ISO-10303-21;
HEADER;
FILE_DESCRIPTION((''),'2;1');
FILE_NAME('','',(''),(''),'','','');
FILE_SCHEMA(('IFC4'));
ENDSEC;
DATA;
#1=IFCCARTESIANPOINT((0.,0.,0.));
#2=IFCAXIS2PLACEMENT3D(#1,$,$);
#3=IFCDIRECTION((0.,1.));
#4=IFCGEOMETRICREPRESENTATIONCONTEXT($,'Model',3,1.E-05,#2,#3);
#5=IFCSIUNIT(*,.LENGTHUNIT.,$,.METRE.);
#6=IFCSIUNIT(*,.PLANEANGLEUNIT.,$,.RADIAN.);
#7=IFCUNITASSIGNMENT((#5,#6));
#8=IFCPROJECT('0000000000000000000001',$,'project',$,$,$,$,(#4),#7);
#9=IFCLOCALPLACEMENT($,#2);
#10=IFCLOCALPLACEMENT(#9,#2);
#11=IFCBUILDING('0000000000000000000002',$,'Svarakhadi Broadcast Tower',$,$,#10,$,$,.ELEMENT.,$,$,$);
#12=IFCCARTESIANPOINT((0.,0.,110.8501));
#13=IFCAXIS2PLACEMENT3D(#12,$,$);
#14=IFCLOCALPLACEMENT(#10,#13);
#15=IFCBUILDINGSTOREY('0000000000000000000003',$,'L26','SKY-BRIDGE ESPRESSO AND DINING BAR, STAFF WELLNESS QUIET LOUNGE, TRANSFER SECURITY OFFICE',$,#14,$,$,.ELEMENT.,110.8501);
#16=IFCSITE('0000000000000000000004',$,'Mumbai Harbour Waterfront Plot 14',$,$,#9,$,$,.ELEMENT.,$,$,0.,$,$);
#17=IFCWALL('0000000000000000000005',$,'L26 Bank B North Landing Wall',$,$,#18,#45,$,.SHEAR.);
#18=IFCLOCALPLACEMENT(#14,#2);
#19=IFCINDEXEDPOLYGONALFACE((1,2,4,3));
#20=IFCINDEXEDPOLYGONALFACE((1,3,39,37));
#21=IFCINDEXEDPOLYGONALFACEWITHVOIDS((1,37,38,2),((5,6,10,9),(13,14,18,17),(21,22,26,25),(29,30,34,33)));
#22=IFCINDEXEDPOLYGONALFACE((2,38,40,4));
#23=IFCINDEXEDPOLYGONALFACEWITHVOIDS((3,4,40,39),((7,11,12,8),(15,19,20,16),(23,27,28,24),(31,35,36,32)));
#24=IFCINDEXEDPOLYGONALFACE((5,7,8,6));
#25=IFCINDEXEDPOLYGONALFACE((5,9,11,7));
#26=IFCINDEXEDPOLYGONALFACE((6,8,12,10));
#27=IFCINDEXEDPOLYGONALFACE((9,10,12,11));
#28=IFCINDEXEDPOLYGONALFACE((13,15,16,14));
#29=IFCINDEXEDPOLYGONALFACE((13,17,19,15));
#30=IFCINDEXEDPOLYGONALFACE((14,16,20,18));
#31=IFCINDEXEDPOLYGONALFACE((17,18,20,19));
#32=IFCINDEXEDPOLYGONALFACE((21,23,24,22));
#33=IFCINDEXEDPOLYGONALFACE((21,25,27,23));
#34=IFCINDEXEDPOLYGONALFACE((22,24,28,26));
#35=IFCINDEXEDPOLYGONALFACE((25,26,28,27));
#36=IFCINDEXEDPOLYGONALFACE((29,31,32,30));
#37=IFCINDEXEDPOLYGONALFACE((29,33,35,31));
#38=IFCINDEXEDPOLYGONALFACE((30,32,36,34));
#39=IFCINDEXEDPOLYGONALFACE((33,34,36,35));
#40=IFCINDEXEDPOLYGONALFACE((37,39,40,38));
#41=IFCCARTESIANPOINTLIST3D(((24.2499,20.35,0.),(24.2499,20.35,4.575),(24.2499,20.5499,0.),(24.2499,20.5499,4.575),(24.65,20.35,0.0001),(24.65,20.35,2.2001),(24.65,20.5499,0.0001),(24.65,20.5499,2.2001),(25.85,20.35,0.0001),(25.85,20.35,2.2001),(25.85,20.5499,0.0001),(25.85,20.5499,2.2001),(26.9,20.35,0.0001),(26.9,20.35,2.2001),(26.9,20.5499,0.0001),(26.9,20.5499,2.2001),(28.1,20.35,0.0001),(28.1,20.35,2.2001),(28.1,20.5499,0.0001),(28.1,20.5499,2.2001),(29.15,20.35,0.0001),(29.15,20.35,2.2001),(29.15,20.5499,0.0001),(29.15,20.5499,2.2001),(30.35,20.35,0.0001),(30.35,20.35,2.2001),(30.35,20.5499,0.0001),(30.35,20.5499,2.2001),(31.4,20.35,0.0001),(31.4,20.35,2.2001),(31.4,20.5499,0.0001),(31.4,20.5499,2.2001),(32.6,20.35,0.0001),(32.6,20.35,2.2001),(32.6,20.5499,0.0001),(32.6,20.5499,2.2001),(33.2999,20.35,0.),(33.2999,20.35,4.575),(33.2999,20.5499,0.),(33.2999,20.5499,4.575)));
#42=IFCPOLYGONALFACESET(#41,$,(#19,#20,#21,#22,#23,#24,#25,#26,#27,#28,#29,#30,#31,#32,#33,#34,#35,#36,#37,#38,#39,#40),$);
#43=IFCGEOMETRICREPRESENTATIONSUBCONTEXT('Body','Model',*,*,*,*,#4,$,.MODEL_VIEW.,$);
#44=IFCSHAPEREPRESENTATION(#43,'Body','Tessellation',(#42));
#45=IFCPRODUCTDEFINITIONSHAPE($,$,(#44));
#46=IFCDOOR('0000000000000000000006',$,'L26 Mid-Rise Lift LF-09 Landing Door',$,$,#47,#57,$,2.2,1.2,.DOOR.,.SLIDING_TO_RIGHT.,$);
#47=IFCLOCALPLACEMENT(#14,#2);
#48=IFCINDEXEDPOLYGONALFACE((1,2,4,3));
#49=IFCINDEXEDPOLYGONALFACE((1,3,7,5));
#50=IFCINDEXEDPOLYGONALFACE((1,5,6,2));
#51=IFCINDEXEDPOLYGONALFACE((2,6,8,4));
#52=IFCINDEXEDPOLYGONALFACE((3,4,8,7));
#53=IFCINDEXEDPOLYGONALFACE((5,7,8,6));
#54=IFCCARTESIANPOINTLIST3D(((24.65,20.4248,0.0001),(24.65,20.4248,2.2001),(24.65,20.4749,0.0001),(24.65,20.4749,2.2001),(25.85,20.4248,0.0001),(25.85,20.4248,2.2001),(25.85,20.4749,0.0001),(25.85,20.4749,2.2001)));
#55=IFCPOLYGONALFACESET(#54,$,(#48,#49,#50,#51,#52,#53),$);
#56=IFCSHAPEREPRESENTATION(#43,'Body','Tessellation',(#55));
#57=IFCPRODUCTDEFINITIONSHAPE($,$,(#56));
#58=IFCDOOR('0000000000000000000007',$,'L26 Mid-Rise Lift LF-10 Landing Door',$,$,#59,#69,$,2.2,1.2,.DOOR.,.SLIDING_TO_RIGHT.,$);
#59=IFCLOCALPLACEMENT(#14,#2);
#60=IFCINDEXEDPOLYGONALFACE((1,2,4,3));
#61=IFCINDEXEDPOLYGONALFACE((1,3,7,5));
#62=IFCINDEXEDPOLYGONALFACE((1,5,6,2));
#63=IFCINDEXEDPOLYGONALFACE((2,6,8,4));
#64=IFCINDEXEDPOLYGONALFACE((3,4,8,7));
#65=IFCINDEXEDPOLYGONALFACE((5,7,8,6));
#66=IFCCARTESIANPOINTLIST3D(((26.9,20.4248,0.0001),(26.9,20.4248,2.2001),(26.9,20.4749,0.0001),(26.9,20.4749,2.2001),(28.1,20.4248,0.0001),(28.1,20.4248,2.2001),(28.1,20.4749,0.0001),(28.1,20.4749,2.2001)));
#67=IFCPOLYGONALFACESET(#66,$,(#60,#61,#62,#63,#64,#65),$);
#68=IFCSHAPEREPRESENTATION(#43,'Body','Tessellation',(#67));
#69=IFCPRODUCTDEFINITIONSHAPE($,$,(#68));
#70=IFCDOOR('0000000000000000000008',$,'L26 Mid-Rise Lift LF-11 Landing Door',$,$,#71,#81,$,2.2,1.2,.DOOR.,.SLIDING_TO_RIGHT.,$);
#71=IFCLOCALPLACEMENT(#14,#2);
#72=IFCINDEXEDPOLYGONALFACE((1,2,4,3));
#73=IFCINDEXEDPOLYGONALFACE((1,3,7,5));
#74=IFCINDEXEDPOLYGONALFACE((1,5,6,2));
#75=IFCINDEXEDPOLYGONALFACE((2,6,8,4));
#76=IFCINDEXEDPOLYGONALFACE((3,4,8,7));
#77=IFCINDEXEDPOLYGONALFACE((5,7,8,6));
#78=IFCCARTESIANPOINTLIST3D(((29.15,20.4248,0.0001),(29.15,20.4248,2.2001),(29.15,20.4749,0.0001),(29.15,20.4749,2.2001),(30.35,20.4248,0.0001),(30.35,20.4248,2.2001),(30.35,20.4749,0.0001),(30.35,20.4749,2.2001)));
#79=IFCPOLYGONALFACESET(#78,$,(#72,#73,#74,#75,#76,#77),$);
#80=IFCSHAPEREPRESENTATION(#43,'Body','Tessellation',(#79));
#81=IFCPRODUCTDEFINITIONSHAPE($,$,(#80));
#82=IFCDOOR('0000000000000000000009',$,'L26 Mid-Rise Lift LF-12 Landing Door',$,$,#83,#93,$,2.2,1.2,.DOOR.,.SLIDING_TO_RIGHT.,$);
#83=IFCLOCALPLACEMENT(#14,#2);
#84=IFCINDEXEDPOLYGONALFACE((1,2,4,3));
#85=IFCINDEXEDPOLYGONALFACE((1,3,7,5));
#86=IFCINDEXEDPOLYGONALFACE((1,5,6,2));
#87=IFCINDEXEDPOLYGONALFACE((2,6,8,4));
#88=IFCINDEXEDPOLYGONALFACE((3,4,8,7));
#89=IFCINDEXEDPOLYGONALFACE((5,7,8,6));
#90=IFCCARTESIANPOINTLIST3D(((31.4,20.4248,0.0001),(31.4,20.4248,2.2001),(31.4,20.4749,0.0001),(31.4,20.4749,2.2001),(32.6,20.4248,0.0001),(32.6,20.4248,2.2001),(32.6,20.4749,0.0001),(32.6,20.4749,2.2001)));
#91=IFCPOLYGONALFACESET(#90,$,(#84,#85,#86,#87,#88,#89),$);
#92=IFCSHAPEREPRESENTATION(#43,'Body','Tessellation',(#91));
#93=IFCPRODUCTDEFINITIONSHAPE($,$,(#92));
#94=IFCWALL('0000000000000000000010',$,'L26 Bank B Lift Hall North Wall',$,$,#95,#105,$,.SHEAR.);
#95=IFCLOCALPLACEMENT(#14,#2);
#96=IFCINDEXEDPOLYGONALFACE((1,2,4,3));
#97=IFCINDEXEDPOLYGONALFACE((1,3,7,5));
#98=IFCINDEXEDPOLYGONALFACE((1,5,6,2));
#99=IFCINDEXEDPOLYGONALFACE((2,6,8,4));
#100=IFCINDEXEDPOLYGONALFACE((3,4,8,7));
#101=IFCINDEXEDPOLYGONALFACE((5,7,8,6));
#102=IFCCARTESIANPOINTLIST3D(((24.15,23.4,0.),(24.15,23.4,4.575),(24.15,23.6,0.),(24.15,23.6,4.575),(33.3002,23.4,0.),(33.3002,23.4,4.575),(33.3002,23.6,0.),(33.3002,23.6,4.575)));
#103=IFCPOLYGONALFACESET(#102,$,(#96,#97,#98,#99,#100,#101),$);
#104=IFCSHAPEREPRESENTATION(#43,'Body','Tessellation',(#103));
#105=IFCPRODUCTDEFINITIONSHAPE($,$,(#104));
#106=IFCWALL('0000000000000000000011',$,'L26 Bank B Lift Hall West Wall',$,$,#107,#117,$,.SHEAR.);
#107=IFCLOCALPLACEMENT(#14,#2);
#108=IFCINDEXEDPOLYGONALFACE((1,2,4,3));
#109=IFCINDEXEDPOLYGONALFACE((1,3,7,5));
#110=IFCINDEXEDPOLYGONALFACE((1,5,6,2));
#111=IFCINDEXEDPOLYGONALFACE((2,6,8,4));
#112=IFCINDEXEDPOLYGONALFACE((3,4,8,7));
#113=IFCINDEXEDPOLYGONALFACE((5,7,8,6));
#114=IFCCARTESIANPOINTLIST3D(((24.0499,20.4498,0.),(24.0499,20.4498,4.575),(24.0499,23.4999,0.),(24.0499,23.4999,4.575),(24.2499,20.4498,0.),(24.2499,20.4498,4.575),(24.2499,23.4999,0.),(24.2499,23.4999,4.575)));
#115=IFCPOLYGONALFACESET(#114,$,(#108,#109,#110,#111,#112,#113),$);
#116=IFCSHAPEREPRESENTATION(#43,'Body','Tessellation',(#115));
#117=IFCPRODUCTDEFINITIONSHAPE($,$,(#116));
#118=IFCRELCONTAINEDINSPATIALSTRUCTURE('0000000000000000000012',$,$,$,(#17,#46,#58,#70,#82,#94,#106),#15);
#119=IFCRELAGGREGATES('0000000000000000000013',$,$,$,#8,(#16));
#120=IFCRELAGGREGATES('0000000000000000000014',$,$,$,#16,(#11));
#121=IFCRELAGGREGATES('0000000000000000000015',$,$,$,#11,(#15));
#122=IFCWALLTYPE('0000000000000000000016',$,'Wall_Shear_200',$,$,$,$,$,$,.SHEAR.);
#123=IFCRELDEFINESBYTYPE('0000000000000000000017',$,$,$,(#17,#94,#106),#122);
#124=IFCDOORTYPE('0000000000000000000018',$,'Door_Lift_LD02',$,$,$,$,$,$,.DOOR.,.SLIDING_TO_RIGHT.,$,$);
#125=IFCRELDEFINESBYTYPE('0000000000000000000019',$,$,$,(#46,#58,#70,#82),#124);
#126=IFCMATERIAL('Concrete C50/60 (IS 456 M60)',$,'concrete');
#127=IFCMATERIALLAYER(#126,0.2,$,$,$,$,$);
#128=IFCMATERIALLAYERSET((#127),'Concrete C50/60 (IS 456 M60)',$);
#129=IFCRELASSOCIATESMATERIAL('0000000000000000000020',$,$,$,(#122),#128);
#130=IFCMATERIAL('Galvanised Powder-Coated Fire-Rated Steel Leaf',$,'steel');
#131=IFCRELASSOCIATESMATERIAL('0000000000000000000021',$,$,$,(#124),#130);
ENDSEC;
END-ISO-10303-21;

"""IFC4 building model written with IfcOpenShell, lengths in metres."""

from ifc_helpers import new_model, si_unit, direction, frame, frame_2d, origin, place, context, subcontext, project, spatial, rectangle, extrude, material, layer, layer_set, type_object, element, fill, save


model = new_model("IFC4")

# Units and contexts
model_context = context("Model", 3, precision=1e-05, world=origin(), true_north=direction((0.0, 1.0)))
body_context = subcontext(model_context, "Body", "Model", "MODEL_VIEW")
ifc_project = project(units=[si_unit("LENGTHUNIT", "METRE"), si_unit("PLANEANGLEUNIT", "RADIAN")], contexts=[model_context])

# Site, building, storey
site_placement = place(None, origin())
site = spatial("IfcSite", under=ifc_project, at=site_placement, Name="Mumbai Harbour Waterfront Plot 14", CompositionType="ELEMENT", RefElevation=0.0)
building_placement = place(site_placement, origin())
building = spatial("IfcBuilding", under=site, at=building_placement, Name="Svarakhadi Broadcast Tower", CompositionType="ELEMENT")
storey_placement = place(building_placement, frame((0.0, 0.0, 110.8501)))
storey = spatial("IfcBuildingStorey", under=building, at=storey_placement, Name="L26", Description="SKY-BRIDGE ESPRESSO AND DINING BAR, STAFF WELLNESS QUIET LOUNGE, TRANSFER SECURITY OFFICE", CompositionType="ELEMENT", Elevation=110.8501)

# Shared definitions
ifc_material_1 = material(Name="Concrete C50/60 (IS 456 M60)", Category="concrete")
ifc_layer_1 = layer(ifc_material_1, 0.2)
ifc_layer_set_1 = layer_set([ifc_layer_1], Name="Concrete C50/60 (IS 456 M60)")
wall_type = type_object("IfcWallType", Name="Wall_Shear_200", PredefinedType="SHEAR", material=ifc_layer_set_1)

# Shared definitions
ifc_material_2 = material(Name="Galvanised Powder-Coated Fire-Rated Steel Leaf", Category="steel")
door_type = type_object("IfcDoorType", Name="Door_Lift_LD02", OperationType="SLIDING_TO_RIGHT", PredefinedType="DOOR", material=ifc_material_2)

# Wall, openings, doors
wall_1_placement = place(storey_placement, frame((24.25, 20.45, 0.0), z_axis=(0.0, 0.0, 1.0), x_axis=(1.0, 0.0, 0.0)))
wall_1 = element("IfcWall", 1, at=wall_1_placement, inside=storey, type_object=wall_type, Name="L26 Bank B North Landing Wall", PredefinedType="SHEAR", context=body_context, shape_type="SweptSolid", body=[
    extrude(rectangle(XDim=9.05, YDim=0.2, at=frame_2d((4.5249, 0.0))), origin(), (0.0, 0.0, 1.0), 4.575),
])
opening_1_placement = place(wall_1_placement, frame((0.3999, 0.0, 0.0)))
opening_1 = element("IfcOpeningElement", 2, at=opening_1_placement, cuts=wall_1, PredefinedType="OPENING", context=body_context, shape_type="SweptSolid", body=[
    extrude(rectangle(XDim=1.2, YDim=2.2, at=frame_2d((0.6001, 1.1001))), frame((0.0, 0.1099, 0.0), z_axis=(0.0, -1.0, 0.0), x_axis=(1.0, 0.0, 0.0)), (0.0, 0.0, 1.0), 0.22),
])
opening_2_placement = place(wall_1_placement, frame((2.6499, 0.0, 0.0)))
opening_2 = element("IfcOpeningElement", 3, at=opening_2_placement, cuts=wall_1, PredefinedType="OPENING", context=body_context, shape_type="SweptSolid", body=[
    extrude(rectangle(XDim=1.2, YDim=2.2, at=frame_2d((0.6001, 1.1001))), frame((0.0, 0.1099, 0.0), z_axis=(0.0, -1.0, 0.0), x_axis=(1.0, 0.0, 0.0)), (0.0, 0.0, 1.0), 0.22),
])
opening_3_placement = place(wall_1_placement, frame((4.8999, 0.0, 0.0)))
opening_3 = element("IfcOpeningElement", 4, at=opening_3_placement, cuts=wall_1, PredefinedType="OPENING", context=body_context, shape_type="SweptSolid", body=[
    extrude(rectangle(XDim=1.2, YDim=2.2, at=frame_2d((0.6001, 1.1001))), frame((0.0, 0.1099, 0.0), z_axis=(0.0, -1.0, 0.0), x_axis=(1.0, 0.0, 0.0)), (0.0, 0.0, 1.0), 0.22),
])
opening_4_placement = place(wall_1_placement, frame((7.1499, 0.0, 0.0)))
opening_4 = element("IfcOpeningElement", 5, at=opening_4_placement, cuts=wall_1, PredefinedType="OPENING", context=body_context, shape_type="SweptSolid", body=[
    extrude(rectangle(XDim=1.2, YDim=2.2, at=frame_2d((0.6001, 1.1001))), frame((0.0, 0.1099, 0.0), z_axis=(0.0, -1.0, 0.0), x_axis=(1.0, 0.0, 0.0)), (0.0, 0.0, 1.0), 0.22),
])
door_1_placement = place(opening_1_placement, origin())
door_1 = element("IfcDoor", 6, at=door_1_placement, inside=storey, type_object=door_type, Name="L26 Mid-Rise Lift LF-09 Landing Door", OperationType="SLIDING_TO_RIGHT", OverallHeight=2.2, OverallWidth=1.2, PredefinedType="DOOR", context=body_context, shape_type="SweptSolid", body=[
    extrude(rectangle(XDim=1.2, YDim=2.2, at=frame_2d((0.6001, 1.1001))), frame((0.0, 0.0249, 0.0), z_axis=(0.0, -1.0, 0.0), x_axis=(1.0, 0.0, 0.0)), (0.0, 0.0, 1.0), 0.05),
])
fill(opening_1, door_1)
door_2_placement = place(opening_2_placement, origin())
door_2 = element("IfcDoor", 7, at=door_2_placement, inside=storey, type_object=door_type, Name="L26 Mid-Rise Lift LF-10 Landing Door", OperationType="SLIDING_TO_RIGHT", OverallHeight=2.2, OverallWidth=1.2, PredefinedType="DOOR", context=body_context, shape_type="SweptSolid", body=[
    extrude(rectangle(XDim=1.2, YDim=2.2, at=frame_2d((0.6001, 1.1001))), frame((0.0, 0.0249, 0.0), z_axis=(0.0, -1.0, 0.0), x_axis=(1.0, 0.0, 0.0)), (0.0, 0.0, 1.0), 0.05),
])
fill(opening_2, door_2)
door_3_placement = place(opening_3_placement, origin())
door_3 = element("IfcDoor", 8, at=door_3_placement, inside=storey, type_object=door_type, Name="L26 Mid-Rise Lift LF-11 Landing Door", OperationType="SLIDING_TO_RIGHT", OverallHeight=2.2, OverallWidth=1.2, PredefinedType="DOOR", context=body_context, shape_type="SweptSolid", body=[
    extrude(rectangle(XDim=1.2, YDim=2.2, at=frame_2d((0.6001, 1.1001))), frame((0.0, 0.0249, 0.0), z_axis=(0.0, -1.0, 0.0), x_axis=(1.0, 0.0, 0.0)), (0.0, 0.0, 1.0), 0.05),
])
fill(opening_3, door_3)
door_4_placement = place(opening_4_placement, origin())
door_4 = element("IfcDoor", 9, at=door_4_placement, inside=storey, type_object=door_type, Name="L26 Mid-Rise Lift LF-12 Landing Door", OperationType="SLIDING_TO_RIGHT", OverallHeight=2.2, OverallWidth=1.2, PredefinedType="DOOR", context=body_context, shape_type="SweptSolid", body=[
    extrude(rectangle(XDim=1.2, YDim=2.2, at=frame_2d((0.6001, 1.1001))), frame((0.0, 0.0249, 0.0), z_axis=(0.0, -1.0, 0.0), x_axis=(1.0, 0.0, 0.0)), (0.0, 0.0, 1.0), 0.05),
])
fill(opening_4, door_4)

# Walls
wall_2_placement = place(storey_placement, frame((24.1499, 23.5, 0.0), z_axis=(0.0, 0.0, 1.0), x_axis=(1.0, 0.0, 0.0)))
element("IfcWall", 10, at=wall_2_placement, inside=storey, type_object=wall_type, Name="L26 Bank B Lift Hall North Wall", PredefinedType="SHEAR", context=body_context, shape_type="SweptSolid", body=[
    extrude(rectangle(XDim=9.1501, YDim=0.2, at=frame_2d((4.5752, 0.0))), origin(), (0.0, 0.0, 1.0), 4.575),
])
wall_3_placement = place(storey_placement, frame((24.1499, 20.45, 0.0), z_axis=(0.0, 0.0, 1.0), x_axis=(0.0, 1.0, 0.0)))
element("IfcWall", 11, at=wall_3_placement, inside=storey, type_object=wall_type, Name="L26 Bank B Lift Hall West Wall", PredefinedType="SHEAR", context=body_context, shape_type="SweptSolid", body=[
    extrude(rectangle(XDim=3.05, YDim=0.2, at=frame_2d((1.5249, 0.0))), origin(), (0.0, 0.0, 1.0), 4.575),
])

save(model, "model.ifc")
